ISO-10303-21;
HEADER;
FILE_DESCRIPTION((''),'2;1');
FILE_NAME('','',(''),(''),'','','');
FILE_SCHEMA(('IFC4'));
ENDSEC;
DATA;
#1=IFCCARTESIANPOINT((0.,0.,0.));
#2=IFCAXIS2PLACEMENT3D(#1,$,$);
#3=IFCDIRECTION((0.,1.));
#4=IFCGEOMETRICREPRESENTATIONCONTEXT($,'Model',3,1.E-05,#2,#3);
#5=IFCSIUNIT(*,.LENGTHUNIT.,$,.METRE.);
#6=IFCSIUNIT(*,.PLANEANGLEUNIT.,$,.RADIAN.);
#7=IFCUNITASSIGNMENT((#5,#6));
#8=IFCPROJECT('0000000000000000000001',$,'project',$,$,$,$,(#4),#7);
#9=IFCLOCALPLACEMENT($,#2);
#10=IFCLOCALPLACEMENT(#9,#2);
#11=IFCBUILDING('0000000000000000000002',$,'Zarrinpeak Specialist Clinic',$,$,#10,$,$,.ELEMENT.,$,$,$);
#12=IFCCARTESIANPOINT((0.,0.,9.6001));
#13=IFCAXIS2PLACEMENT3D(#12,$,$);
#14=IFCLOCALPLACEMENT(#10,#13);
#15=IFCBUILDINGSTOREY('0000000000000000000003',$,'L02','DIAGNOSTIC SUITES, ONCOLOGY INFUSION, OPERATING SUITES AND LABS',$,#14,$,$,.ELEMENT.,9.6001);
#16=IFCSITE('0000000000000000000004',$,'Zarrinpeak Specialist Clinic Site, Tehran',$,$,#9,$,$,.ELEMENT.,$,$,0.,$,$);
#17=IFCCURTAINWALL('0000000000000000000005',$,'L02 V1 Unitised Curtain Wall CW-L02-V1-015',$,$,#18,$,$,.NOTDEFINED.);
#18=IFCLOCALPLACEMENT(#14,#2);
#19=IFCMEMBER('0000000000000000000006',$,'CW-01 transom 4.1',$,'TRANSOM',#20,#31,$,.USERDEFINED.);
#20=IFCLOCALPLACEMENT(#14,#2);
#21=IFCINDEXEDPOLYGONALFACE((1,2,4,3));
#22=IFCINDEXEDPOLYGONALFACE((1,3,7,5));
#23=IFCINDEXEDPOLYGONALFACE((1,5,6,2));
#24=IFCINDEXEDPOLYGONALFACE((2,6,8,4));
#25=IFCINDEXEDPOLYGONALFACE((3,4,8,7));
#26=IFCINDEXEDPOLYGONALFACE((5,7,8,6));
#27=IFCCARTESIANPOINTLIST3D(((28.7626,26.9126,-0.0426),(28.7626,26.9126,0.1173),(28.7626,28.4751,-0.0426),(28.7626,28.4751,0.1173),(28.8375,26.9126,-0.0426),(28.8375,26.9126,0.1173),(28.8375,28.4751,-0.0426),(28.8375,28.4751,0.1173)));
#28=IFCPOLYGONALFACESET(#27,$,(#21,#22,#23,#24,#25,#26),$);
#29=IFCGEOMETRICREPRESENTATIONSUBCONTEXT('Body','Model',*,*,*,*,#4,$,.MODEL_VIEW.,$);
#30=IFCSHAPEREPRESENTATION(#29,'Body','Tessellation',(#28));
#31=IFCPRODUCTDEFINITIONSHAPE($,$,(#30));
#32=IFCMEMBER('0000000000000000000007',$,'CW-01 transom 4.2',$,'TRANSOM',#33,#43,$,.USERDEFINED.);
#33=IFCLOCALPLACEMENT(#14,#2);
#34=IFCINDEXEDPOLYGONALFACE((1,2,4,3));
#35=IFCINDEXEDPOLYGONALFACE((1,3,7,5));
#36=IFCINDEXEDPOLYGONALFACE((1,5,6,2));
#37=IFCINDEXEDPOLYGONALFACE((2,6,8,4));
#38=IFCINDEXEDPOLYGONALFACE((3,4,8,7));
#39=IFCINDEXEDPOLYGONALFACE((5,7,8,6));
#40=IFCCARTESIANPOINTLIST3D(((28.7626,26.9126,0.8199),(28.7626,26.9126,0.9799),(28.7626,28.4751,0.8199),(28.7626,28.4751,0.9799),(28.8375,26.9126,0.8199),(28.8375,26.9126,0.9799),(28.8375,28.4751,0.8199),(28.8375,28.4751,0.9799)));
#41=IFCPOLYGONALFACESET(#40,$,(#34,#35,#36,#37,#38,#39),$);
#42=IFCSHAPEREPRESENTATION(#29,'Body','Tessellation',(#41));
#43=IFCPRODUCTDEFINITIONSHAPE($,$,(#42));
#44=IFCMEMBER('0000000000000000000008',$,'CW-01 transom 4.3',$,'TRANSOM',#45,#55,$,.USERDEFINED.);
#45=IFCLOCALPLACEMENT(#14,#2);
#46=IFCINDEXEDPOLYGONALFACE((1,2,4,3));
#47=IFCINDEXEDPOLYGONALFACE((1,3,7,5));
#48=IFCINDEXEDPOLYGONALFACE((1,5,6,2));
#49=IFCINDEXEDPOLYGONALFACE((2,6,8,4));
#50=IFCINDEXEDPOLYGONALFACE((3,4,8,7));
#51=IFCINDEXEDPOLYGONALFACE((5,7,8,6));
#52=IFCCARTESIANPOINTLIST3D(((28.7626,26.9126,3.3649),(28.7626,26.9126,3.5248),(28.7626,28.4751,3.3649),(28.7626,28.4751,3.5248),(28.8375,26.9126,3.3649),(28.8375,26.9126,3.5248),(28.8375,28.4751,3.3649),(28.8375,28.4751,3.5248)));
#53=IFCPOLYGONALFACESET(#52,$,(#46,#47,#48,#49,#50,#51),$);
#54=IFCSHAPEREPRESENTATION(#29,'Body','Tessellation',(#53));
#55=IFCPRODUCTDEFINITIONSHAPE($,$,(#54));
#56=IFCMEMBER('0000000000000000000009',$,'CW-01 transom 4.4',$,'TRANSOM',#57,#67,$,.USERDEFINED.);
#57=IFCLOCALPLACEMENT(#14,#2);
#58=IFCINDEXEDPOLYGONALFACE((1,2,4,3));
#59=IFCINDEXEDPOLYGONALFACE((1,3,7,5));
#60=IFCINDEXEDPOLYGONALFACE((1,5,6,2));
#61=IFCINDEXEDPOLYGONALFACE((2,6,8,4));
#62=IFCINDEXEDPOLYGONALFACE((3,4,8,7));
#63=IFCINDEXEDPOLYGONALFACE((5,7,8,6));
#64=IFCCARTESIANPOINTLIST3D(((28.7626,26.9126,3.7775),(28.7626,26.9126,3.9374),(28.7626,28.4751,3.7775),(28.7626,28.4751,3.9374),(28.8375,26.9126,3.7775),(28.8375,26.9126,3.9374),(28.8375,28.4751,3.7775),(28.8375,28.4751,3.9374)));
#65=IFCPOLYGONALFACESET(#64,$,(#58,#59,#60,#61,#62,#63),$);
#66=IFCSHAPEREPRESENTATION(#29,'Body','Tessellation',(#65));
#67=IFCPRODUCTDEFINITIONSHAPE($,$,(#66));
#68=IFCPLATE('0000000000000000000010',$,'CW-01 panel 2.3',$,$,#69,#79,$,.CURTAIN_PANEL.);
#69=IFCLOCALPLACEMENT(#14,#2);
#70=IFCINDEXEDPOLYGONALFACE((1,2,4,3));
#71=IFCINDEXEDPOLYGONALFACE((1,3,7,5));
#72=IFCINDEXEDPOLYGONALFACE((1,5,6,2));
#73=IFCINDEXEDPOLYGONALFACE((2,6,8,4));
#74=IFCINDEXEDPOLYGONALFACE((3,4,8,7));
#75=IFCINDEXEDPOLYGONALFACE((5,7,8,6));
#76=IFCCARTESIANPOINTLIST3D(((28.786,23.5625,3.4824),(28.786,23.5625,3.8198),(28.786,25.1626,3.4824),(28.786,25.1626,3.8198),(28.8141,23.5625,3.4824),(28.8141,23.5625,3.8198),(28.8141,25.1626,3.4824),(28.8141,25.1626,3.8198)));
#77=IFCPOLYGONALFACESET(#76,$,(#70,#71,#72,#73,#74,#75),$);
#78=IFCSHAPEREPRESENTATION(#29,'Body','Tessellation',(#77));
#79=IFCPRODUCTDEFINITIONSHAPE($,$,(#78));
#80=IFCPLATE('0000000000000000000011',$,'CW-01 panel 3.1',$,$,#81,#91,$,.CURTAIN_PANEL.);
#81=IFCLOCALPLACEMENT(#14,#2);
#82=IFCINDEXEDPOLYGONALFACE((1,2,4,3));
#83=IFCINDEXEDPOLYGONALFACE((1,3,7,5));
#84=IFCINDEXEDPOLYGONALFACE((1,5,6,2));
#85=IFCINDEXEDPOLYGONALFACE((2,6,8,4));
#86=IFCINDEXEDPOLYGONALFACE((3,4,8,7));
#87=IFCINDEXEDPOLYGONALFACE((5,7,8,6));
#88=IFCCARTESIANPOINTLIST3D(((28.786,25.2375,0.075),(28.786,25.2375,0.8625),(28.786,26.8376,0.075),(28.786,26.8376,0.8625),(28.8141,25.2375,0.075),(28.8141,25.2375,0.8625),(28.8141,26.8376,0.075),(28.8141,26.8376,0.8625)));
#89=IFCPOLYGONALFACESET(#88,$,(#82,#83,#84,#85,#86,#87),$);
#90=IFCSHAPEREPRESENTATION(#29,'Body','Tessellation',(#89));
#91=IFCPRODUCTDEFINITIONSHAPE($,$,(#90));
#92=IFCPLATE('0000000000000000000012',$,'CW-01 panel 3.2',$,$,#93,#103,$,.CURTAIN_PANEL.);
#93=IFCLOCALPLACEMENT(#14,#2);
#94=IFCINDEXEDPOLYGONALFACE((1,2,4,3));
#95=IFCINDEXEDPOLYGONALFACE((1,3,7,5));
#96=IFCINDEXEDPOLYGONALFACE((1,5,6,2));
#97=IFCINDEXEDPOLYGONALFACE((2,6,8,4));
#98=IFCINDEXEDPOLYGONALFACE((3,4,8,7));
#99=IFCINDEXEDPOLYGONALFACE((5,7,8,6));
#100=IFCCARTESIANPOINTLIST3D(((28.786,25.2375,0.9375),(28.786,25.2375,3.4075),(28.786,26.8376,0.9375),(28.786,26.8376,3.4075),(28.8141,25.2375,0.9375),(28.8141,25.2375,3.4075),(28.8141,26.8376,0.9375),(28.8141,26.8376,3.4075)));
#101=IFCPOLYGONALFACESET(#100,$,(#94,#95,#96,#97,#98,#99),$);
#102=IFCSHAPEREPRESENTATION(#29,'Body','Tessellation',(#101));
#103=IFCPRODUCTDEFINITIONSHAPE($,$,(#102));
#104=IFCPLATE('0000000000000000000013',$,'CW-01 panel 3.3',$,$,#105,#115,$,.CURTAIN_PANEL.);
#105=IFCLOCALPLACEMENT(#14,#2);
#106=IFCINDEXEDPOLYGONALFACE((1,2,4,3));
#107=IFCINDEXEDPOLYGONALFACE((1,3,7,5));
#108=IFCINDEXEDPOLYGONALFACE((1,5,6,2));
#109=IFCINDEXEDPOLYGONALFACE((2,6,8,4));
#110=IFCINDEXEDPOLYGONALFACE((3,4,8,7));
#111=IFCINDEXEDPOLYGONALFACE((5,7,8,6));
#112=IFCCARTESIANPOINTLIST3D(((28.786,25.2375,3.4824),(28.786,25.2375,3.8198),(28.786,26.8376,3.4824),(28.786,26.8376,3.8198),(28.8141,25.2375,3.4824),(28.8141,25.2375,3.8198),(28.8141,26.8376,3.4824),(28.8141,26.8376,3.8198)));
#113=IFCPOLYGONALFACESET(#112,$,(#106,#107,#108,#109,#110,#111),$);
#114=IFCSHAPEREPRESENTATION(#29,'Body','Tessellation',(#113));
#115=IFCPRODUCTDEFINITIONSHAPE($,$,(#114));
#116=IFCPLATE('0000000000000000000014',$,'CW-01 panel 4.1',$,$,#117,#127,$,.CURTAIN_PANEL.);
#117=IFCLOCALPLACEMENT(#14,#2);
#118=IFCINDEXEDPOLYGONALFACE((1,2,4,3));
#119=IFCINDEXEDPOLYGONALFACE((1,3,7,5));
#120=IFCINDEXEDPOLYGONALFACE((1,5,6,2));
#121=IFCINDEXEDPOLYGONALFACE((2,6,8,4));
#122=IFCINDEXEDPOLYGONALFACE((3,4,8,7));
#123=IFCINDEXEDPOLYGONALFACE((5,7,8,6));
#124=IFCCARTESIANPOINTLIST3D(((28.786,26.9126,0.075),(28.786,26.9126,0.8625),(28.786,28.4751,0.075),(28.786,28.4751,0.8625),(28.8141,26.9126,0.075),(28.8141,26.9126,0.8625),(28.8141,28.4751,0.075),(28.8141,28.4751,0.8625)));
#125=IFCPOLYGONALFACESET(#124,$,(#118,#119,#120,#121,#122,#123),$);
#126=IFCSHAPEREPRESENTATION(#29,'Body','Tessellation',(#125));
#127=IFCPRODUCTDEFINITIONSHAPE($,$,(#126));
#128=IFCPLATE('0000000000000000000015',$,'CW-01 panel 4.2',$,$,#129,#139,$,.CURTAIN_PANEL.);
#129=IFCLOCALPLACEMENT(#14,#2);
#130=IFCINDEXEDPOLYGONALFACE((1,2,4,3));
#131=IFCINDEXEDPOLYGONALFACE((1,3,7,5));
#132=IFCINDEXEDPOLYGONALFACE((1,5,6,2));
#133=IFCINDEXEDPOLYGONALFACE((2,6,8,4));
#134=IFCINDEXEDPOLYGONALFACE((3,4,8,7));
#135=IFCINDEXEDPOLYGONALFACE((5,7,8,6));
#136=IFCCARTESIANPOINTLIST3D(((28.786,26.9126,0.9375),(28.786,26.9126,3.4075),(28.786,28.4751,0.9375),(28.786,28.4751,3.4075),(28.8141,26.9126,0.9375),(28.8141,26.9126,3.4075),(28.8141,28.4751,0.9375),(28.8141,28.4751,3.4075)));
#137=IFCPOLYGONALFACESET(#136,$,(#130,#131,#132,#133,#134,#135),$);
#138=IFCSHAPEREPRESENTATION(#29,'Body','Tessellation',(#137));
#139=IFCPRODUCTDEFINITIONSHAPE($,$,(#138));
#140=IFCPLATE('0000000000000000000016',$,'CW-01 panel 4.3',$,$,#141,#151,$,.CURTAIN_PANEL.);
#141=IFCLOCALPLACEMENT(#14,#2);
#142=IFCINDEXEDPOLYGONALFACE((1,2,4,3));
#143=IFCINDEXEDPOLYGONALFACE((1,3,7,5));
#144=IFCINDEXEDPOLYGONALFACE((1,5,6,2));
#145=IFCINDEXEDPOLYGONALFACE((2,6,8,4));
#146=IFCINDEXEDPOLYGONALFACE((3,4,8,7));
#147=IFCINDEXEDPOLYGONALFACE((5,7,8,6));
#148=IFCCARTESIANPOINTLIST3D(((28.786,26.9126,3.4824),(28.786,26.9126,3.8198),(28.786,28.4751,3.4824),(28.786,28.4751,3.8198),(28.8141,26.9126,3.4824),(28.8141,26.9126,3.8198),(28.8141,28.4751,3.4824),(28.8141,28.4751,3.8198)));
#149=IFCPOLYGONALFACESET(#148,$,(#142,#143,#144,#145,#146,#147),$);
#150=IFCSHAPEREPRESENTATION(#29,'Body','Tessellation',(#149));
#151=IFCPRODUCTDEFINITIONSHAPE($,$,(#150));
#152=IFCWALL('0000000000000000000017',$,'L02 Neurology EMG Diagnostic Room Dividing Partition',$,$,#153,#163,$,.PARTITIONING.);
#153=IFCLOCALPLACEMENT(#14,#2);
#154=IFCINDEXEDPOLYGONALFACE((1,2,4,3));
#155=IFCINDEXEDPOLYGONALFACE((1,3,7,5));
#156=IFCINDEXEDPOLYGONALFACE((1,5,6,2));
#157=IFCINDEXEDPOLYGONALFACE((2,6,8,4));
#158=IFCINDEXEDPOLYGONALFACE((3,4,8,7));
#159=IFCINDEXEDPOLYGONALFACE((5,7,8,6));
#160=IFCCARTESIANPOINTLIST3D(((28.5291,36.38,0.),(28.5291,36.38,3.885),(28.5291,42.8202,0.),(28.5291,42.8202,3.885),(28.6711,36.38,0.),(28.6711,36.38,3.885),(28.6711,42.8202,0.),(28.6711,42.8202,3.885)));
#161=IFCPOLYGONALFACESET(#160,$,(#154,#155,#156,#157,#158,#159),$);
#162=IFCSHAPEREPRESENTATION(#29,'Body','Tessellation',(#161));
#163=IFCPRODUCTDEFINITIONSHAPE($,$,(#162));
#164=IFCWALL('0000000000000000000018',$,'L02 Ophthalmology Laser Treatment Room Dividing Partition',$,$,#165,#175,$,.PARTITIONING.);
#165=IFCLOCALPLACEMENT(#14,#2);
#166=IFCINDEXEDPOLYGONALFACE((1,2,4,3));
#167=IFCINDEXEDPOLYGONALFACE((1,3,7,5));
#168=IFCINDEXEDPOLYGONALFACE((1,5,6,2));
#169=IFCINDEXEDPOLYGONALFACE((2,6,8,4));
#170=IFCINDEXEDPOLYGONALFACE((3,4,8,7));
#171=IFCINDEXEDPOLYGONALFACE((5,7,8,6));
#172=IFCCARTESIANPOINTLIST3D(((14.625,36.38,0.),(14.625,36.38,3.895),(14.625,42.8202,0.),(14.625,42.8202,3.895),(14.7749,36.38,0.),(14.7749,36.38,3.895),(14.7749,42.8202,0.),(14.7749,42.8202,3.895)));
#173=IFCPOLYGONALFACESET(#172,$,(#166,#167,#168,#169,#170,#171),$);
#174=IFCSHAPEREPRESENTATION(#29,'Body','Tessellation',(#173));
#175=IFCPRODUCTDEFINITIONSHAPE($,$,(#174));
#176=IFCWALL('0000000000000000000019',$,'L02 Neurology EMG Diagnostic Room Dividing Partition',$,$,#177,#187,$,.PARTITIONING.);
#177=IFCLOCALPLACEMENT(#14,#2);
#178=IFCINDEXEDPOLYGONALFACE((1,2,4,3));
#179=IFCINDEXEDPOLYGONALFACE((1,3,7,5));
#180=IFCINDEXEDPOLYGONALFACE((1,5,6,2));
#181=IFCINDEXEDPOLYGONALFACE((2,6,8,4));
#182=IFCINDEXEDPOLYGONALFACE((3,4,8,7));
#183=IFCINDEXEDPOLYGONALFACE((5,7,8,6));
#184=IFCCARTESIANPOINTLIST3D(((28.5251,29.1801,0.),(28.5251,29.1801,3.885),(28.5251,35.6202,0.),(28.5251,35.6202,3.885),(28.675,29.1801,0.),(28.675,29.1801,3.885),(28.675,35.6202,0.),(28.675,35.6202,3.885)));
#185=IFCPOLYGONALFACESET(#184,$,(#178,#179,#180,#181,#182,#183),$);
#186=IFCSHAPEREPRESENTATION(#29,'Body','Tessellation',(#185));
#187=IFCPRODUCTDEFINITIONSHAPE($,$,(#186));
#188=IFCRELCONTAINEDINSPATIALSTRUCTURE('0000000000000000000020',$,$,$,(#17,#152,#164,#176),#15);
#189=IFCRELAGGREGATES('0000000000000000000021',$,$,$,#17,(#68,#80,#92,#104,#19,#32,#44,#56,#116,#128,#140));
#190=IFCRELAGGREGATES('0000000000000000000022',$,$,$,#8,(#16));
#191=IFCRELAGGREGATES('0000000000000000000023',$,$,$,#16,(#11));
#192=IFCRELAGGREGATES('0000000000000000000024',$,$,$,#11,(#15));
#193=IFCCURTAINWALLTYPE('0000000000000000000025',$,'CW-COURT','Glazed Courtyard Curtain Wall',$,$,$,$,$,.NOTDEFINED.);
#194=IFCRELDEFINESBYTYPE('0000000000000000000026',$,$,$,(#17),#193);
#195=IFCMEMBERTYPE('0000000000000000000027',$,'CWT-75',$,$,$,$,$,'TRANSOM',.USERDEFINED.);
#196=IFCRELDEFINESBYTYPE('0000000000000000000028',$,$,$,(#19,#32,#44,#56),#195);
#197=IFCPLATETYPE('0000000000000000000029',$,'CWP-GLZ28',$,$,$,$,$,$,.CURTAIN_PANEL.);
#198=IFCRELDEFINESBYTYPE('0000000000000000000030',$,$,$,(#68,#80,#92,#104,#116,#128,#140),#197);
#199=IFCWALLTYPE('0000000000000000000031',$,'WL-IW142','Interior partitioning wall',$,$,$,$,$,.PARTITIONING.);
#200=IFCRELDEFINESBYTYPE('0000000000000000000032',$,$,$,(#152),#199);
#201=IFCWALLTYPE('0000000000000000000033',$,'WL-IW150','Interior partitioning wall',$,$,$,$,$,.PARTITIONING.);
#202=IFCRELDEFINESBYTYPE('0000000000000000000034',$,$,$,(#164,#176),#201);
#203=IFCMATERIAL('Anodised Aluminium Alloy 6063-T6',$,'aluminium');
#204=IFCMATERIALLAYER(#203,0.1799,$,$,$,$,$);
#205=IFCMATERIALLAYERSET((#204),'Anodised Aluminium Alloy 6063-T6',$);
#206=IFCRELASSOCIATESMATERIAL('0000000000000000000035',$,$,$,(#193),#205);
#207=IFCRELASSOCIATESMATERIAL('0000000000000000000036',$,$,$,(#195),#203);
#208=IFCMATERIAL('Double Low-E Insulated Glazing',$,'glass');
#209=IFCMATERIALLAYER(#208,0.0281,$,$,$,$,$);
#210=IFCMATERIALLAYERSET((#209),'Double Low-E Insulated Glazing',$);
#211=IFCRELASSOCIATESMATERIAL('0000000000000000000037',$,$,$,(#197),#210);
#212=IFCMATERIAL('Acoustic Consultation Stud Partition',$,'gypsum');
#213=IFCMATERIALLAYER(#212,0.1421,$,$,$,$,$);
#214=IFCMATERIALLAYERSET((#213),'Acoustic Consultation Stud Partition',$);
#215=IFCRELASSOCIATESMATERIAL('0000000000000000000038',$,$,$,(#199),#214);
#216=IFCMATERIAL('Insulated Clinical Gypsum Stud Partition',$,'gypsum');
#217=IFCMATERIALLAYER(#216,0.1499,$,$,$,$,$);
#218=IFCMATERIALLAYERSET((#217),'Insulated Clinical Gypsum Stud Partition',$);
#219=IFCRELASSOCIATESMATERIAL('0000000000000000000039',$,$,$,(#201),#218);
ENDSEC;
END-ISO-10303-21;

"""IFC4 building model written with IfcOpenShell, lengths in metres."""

from ifc_helpers import new_model, si_unit, direction, frame, frame_2d, origin, origin_2d, place, context, subcontext, project, spatial, rectangle, extrude, material, layer, layer_set, material_profile, profile_set, type_object, element, aggregate, save


model = new_model("IFC4")

# Units and contexts
model_context = context("Model", 3, precision=1e-05, world=origin(), true_north=direction((0.0, 1.0)))
body_context = subcontext(model_context, "Body", "Model", "MODEL_VIEW")
ifc_project = project(units=[si_unit("LENGTHUNIT", "METRE"), si_unit("PLANEANGLEUNIT", "RADIAN")], contexts=[model_context])

# Site, building, storey
site_placement = place(None, origin())
site = spatial("IfcSite", under=ifc_project, at=site_placement, Name="Zarrinpeak Specialist Clinic Site, Tehran", CompositionType="ELEMENT", RefElevation=0.0)
building_placement = place(site_placement, origin())
building = spatial("IfcBuilding", under=site, at=building_placement, Name="Zarrinpeak Specialist Clinic", CompositionType="ELEMENT")
storey_placement = place(building_placement, frame((0.0, 0.0, 9.6001)))
storey = spatial("IfcBuildingStorey", under=building, at=storey_placement, Name="L02", Description="DIAGNOSTIC SUITES, ONCOLOGY INFUSION, OPERATING SUITES AND LABS", CompositionType="ELEMENT", Elevation=9.6001)

# Curtain wall, members, plates
ifc_material_1 = material(Name="Anodised Aluminium Alloy 6063-T6", Category="aluminium")
ifc_layer_1 = layer(ifc_material_1, 0.1799)
ifc_layer_set_1 = layer_set([ifc_layer_1], Name="Anodised Aluminium Alloy 6063-T6")
curtain_wall_type = type_object("IfcCurtainWallType", Name="CW-COURT", Description="Glazed Courtyard Curtain Wall", PredefinedType="NOTDEFINED", material=ifc_layer_set_1)
curtain_wall_placement = place(storey_placement, origin())
curtain_wall = element("IfcCurtainWall", 1, at=curtain_wall_placement, inside=storey, type_object=curtain_wall_type, Name="L02 V1 Unitised Curtain Wall CW-L02-V1-015", PredefinedType="NOTDEFINED")
ifc_material_profile_1 = material_profile(ifc_material_1, rectangle(XDim=0.075, YDim=0.1599, at=origin_2d()), Name="ALU 75x160")
ifc_profile_set_1 = profile_set([ifc_material_profile_1], Name="Anodised Aluminium Alloy 6063-T6")
member_type_1 = type_object("IfcMemberType", Name="CWT-75", ElementType="TRANSOM", PredefinedType="USERDEFINED", material=ifc_profile_set_1)
member_1_placement = place(storey_placement, frame((28.8, 26.9126, 0.0374), z_axis=(0.0, 1.0, 0.0), x_axis=(-1.0, 0.0, 0.0)))
member_1 = element("IfcMember", 2, at=member_1_placement, type_object=member_type_1, Name="CW-01 transom 4.1", ObjectType="TRANSOM", PredefinedType="USERDEFINED", context=body_context, shape_type="SweptSolid", body=[
    extrude(rectangle(XDim=0.075, YDim=0.1599, at=origin_2d()), origin(), (0.0, 0.0, 1.0), 1.5625),
])
member_2_placement = place(storey_placement, frame((28.8, 26.9126, 0.8999), z_axis=(0.0, 1.0, 0.0), x_axis=(-1.0, 0.0, 0.0)))
member_2 = element("IfcMember", 3, at=member_2_placement, type_object=member_type_1, Name="CW-01 transom 4.2", ObjectType="TRANSOM", PredefinedType="USERDEFINED", context=body_context, shape_type="SweptSolid", body=[
    extrude(rectangle(XDim=0.075, YDim=0.1599, at=origin_2d()), origin(), (0.0, 0.0, 1.0), 1.5625),
])
member_3_placement = place(storey_placement, frame((28.8, 26.9126, 3.4448), z_axis=(0.0, 1.0, 0.0), x_axis=(-1.0, 0.0, 0.0)))
member_3 = element("IfcMember", 4, at=member_3_placement, type_object=member_type_1, Name="CW-01 transom 4.3", ObjectType="TRANSOM", PredefinedType="USERDEFINED", context=body_context, shape_type="SweptSolid", body=[
    extrude(rectangle(XDim=0.075, YDim=0.1599, at=origin_2d()), origin(), (0.0, 0.0, 1.0), 1.5625),
])
member_4_placement = place(storey_placement, frame((28.8, 26.9126, 3.8574), z_axis=(0.0, 1.0, 0.0), x_axis=(-1.0, 0.0, 0.0)))
member_4 = element("IfcMember", 5, at=member_4_placement, type_object=member_type_1, Name="CW-01 transom 4.4", ObjectType="TRANSOM", PredefinedType="USERDEFINED", context=body_context, shape_type="SweptSolid", body=[
    extrude(rectangle(XDim=0.075, YDim=0.1599, at=origin_2d()), origin(), (0.0, 0.0, 1.0), 1.5625),
])
ifc_material_2 = material(Name="Double Low-E Insulated Glazing", Category="glass")
ifc_layer_2 = layer(ifc_material_2, 0.0281)
ifc_layer_set_2 = layer_set([ifc_layer_2], Name="Double Low-E Insulated Glazing")
plate_type = type_object("IfcPlateType", Name="CWP-GLZ28", PredefinedType="CURTAIN_PANEL", material=ifc_layer_set_2)
plate_1_placement = place(storey_placement, frame((28.8, 24.3625, 3.4824), z_axis=(0.0, 0.0, 1.0), x_axis=(0.0, 1.0, 0.0)))
plate_1 = element("IfcPlate", 6, at=plate_1_placement, type_object=plate_type, Name="CW-01 panel 2.3", PredefinedType="CURTAIN_PANEL", context=body_context, shape_type="SweptSolid", body=[
    extrude(rectangle(XDim=1.6001, YDim=0.0281, at=origin_2d()), origin(), (0.0, 0.0, 1.0), 0.3374),
])
plate_2_placement = place(storey_placement, frame((28.8, 26.0376, 0.075), z_axis=(0.0, 0.0, 1.0), x_axis=(0.0, 1.0, 0.0)))
plate_2 = element("IfcPlate", 7, at=plate_2_placement, type_object=plate_type, Name="CW-01 panel 3.1", PredefinedType="CURTAIN_PANEL", context=body_context, shape_type="SweptSolid", body=[
    extrude(rectangle(XDim=1.6001, YDim=0.0281, at=origin_2d()), origin(), (0.0, 0.0, 1.0), 0.7876),
])
plate_3_placement = place(storey_placement, frame((28.8, 26.0376, 0.9375), z_axis=(0.0, 0.0, 1.0), x_axis=(0.0, 1.0, 0.0)))
plate_3 = element("IfcPlate", 8, at=plate_3_placement, type_object=plate_type, Name="CW-01 panel 3.2", PredefinedType="CURTAIN_PANEL", context=body_context, shape_type="SweptSolid", body=[
    extrude(rectangle(XDim=1.6001, YDim=0.0281, at=origin_2d()), origin(), (0.0, 0.0, 1.0), 2.47),
])
plate_4_placement = place(storey_placement, frame((28.8, 26.0376, 3.4824), z_axis=(0.0, 0.0, 1.0), x_axis=(0.0, 1.0, 0.0)))
plate_4 = element("IfcPlate", 9, at=plate_4_placement, type_object=plate_type, Name="CW-01 panel 3.3", PredefinedType="CURTAIN_PANEL", context=body_context, shape_type="SweptSolid", body=[
    extrude(rectangle(XDim=1.6001, YDim=0.0281, at=origin_2d()), origin(), (0.0, 0.0, 1.0), 0.3374),
])
plate_5_placement = place(storey_placement, frame((28.8, 27.6938, 0.075), z_axis=(0.0, 0.0, 1.0), x_axis=(0.0, 1.0, 0.0)))
plate_5 = element("IfcPlate", 10, at=plate_5_placement, type_object=plate_type, Name="CW-01 panel 4.1", PredefinedType="CURTAIN_PANEL", context=body_context, shape_type="SweptSolid", body=[
    extrude(rectangle(XDim=1.5625, YDim=0.0281, at=origin_2d()), origin(), (0.0, 0.0, 1.0), 0.7876),
])
plate_6_placement = place(storey_placement, frame((28.8, 27.6938, 0.9375), z_axis=(0.0, 0.0, 1.0), x_axis=(0.0, 1.0, 0.0)))
plate_6 = element("IfcPlate", 11, at=plate_6_placement, type_object=plate_type, Name="CW-01 panel 4.2", PredefinedType="CURTAIN_PANEL", context=body_context, shape_type="SweptSolid", body=[
    extrude(rectangle(XDim=1.5625, YDim=0.0281, at=origin_2d()), origin(), (0.0, 0.0, 1.0), 2.47),
])
plate_7_placement = place(storey_placement, frame((28.8, 27.6938, 3.4824), z_axis=(0.0, 0.0, 1.0), x_axis=(0.0, 1.0, 0.0)))
plate_7 = element("IfcPlate", 12, at=plate_7_placement, type_object=plate_type, Name="CW-01 panel 4.3", PredefinedType="CURTAIN_PANEL", context=body_context, shape_type="SweptSolid", body=[
    extrude(rectangle(XDim=1.5625, YDim=0.0281, at=origin_2d()), origin(), (0.0, 0.0, 1.0), 0.3374),
])
aggregate(curtain_wall, [plate_1, plate_2, plate_3, plate_4, member_1, member_2, member_3, member_4, plate_5, plate_6, plate_7])

# Walls
ifc_material_3 = material(Name="Acoustic Consultation Stud Partition", Category="gypsum")
ifc_layer_3 = layer(ifc_material_3, 0.1421)
ifc_layer_set_3 = layer_set([ifc_layer_3], Name="Acoustic Consultation Stud Partition")
wall_type_1 = type_object("IfcWallType", Name="WL-IW142", Description="Interior partitioning wall", PredefinedType="PARTITIONING", material=ifc_layer_set_3)
wall_1_placement = place(storey_placement, frame((28.6001, 36.3799, 0.0), z_axis=(0.0, 0.0, 1.0), x_axis=(0.0, 1.0, 0.0)))
element("IfcWall", 13, at=wall_1_placement, inside=storey, type_object=wall_type_1, Name="L02 Neurology EMG Diagnostic Room Dividing Partition", PredefinedType="PARTITIONING", context=body_context, shape_type="SweptSolid", body=[
    extrude(rectangle(XDim=6.4402, YDim=0.1421, at=frame_2d((3.2202, 0.0))), origin(), (0.0, 0.0, 1.0), 3.885),
])
ifc_material_4 = material(Name="Insulated Clinical Gypsum Stud Partition", Category="gypsum")
ifc_layer_4 = layer(ifc_material_4, 0.1499)
ifc_layer_set_4 = layer_set([ifc_layer_4], Name="Insulated Clinical Gypsum Stud Partition")
wall_type_2 = type_object("IfcWallType", Name="WL-IW150", Description="Interior partitioning wall", PredefinedType="PARTITIONING", material=ifc_layer_set_4)
wall_2_placement = place(storey_placement, frame((14.7, 36.3799, 0.0), z_axis=(0.0, 0.0, 1.0), x_axis=(0.0, 1.0, 0.0)))
element("IfcWall", 14, at=wall_2_placement, inside=storey, type_object=wall_type_2, Name="L02 Ophthalmology Laser Treatment Room Dividing Partition", PredefinedType="PARTITIONING", context=body_context, shape_type="SweptSolid", body=[
    extrude(rectangle(XDim=6.4402, YDim=0.1499, at=frame_2d((3.2202, 0.0))), origin(), (0.0, 0.0, 1.0), 3.895),
])
wall_3_placement = place(storey_placement, frame((28.6001, 29.1799, 0.0), z_axis=(0.0, 0.0, 1.0), x_axis=(0.0, 1.0, 0.0)))
element("IfcWall", 15, at=wall_3_placement, inside=storey, type_object=wall_type_2, Name="L02 Neurology EMG Diagnostic Room Dividing Partition", PredefinedType="PARTITIONING", context=body_context, shape_type="SweptSolid", body=[
    extrude(rectangle(XDim=6.4402, YDim=0.1499, at=frame_2d((3.2202, 0.0))), origin(), (0.0, 0.0, 1.0), 3.885),
])

save(model, "model.ifc")
